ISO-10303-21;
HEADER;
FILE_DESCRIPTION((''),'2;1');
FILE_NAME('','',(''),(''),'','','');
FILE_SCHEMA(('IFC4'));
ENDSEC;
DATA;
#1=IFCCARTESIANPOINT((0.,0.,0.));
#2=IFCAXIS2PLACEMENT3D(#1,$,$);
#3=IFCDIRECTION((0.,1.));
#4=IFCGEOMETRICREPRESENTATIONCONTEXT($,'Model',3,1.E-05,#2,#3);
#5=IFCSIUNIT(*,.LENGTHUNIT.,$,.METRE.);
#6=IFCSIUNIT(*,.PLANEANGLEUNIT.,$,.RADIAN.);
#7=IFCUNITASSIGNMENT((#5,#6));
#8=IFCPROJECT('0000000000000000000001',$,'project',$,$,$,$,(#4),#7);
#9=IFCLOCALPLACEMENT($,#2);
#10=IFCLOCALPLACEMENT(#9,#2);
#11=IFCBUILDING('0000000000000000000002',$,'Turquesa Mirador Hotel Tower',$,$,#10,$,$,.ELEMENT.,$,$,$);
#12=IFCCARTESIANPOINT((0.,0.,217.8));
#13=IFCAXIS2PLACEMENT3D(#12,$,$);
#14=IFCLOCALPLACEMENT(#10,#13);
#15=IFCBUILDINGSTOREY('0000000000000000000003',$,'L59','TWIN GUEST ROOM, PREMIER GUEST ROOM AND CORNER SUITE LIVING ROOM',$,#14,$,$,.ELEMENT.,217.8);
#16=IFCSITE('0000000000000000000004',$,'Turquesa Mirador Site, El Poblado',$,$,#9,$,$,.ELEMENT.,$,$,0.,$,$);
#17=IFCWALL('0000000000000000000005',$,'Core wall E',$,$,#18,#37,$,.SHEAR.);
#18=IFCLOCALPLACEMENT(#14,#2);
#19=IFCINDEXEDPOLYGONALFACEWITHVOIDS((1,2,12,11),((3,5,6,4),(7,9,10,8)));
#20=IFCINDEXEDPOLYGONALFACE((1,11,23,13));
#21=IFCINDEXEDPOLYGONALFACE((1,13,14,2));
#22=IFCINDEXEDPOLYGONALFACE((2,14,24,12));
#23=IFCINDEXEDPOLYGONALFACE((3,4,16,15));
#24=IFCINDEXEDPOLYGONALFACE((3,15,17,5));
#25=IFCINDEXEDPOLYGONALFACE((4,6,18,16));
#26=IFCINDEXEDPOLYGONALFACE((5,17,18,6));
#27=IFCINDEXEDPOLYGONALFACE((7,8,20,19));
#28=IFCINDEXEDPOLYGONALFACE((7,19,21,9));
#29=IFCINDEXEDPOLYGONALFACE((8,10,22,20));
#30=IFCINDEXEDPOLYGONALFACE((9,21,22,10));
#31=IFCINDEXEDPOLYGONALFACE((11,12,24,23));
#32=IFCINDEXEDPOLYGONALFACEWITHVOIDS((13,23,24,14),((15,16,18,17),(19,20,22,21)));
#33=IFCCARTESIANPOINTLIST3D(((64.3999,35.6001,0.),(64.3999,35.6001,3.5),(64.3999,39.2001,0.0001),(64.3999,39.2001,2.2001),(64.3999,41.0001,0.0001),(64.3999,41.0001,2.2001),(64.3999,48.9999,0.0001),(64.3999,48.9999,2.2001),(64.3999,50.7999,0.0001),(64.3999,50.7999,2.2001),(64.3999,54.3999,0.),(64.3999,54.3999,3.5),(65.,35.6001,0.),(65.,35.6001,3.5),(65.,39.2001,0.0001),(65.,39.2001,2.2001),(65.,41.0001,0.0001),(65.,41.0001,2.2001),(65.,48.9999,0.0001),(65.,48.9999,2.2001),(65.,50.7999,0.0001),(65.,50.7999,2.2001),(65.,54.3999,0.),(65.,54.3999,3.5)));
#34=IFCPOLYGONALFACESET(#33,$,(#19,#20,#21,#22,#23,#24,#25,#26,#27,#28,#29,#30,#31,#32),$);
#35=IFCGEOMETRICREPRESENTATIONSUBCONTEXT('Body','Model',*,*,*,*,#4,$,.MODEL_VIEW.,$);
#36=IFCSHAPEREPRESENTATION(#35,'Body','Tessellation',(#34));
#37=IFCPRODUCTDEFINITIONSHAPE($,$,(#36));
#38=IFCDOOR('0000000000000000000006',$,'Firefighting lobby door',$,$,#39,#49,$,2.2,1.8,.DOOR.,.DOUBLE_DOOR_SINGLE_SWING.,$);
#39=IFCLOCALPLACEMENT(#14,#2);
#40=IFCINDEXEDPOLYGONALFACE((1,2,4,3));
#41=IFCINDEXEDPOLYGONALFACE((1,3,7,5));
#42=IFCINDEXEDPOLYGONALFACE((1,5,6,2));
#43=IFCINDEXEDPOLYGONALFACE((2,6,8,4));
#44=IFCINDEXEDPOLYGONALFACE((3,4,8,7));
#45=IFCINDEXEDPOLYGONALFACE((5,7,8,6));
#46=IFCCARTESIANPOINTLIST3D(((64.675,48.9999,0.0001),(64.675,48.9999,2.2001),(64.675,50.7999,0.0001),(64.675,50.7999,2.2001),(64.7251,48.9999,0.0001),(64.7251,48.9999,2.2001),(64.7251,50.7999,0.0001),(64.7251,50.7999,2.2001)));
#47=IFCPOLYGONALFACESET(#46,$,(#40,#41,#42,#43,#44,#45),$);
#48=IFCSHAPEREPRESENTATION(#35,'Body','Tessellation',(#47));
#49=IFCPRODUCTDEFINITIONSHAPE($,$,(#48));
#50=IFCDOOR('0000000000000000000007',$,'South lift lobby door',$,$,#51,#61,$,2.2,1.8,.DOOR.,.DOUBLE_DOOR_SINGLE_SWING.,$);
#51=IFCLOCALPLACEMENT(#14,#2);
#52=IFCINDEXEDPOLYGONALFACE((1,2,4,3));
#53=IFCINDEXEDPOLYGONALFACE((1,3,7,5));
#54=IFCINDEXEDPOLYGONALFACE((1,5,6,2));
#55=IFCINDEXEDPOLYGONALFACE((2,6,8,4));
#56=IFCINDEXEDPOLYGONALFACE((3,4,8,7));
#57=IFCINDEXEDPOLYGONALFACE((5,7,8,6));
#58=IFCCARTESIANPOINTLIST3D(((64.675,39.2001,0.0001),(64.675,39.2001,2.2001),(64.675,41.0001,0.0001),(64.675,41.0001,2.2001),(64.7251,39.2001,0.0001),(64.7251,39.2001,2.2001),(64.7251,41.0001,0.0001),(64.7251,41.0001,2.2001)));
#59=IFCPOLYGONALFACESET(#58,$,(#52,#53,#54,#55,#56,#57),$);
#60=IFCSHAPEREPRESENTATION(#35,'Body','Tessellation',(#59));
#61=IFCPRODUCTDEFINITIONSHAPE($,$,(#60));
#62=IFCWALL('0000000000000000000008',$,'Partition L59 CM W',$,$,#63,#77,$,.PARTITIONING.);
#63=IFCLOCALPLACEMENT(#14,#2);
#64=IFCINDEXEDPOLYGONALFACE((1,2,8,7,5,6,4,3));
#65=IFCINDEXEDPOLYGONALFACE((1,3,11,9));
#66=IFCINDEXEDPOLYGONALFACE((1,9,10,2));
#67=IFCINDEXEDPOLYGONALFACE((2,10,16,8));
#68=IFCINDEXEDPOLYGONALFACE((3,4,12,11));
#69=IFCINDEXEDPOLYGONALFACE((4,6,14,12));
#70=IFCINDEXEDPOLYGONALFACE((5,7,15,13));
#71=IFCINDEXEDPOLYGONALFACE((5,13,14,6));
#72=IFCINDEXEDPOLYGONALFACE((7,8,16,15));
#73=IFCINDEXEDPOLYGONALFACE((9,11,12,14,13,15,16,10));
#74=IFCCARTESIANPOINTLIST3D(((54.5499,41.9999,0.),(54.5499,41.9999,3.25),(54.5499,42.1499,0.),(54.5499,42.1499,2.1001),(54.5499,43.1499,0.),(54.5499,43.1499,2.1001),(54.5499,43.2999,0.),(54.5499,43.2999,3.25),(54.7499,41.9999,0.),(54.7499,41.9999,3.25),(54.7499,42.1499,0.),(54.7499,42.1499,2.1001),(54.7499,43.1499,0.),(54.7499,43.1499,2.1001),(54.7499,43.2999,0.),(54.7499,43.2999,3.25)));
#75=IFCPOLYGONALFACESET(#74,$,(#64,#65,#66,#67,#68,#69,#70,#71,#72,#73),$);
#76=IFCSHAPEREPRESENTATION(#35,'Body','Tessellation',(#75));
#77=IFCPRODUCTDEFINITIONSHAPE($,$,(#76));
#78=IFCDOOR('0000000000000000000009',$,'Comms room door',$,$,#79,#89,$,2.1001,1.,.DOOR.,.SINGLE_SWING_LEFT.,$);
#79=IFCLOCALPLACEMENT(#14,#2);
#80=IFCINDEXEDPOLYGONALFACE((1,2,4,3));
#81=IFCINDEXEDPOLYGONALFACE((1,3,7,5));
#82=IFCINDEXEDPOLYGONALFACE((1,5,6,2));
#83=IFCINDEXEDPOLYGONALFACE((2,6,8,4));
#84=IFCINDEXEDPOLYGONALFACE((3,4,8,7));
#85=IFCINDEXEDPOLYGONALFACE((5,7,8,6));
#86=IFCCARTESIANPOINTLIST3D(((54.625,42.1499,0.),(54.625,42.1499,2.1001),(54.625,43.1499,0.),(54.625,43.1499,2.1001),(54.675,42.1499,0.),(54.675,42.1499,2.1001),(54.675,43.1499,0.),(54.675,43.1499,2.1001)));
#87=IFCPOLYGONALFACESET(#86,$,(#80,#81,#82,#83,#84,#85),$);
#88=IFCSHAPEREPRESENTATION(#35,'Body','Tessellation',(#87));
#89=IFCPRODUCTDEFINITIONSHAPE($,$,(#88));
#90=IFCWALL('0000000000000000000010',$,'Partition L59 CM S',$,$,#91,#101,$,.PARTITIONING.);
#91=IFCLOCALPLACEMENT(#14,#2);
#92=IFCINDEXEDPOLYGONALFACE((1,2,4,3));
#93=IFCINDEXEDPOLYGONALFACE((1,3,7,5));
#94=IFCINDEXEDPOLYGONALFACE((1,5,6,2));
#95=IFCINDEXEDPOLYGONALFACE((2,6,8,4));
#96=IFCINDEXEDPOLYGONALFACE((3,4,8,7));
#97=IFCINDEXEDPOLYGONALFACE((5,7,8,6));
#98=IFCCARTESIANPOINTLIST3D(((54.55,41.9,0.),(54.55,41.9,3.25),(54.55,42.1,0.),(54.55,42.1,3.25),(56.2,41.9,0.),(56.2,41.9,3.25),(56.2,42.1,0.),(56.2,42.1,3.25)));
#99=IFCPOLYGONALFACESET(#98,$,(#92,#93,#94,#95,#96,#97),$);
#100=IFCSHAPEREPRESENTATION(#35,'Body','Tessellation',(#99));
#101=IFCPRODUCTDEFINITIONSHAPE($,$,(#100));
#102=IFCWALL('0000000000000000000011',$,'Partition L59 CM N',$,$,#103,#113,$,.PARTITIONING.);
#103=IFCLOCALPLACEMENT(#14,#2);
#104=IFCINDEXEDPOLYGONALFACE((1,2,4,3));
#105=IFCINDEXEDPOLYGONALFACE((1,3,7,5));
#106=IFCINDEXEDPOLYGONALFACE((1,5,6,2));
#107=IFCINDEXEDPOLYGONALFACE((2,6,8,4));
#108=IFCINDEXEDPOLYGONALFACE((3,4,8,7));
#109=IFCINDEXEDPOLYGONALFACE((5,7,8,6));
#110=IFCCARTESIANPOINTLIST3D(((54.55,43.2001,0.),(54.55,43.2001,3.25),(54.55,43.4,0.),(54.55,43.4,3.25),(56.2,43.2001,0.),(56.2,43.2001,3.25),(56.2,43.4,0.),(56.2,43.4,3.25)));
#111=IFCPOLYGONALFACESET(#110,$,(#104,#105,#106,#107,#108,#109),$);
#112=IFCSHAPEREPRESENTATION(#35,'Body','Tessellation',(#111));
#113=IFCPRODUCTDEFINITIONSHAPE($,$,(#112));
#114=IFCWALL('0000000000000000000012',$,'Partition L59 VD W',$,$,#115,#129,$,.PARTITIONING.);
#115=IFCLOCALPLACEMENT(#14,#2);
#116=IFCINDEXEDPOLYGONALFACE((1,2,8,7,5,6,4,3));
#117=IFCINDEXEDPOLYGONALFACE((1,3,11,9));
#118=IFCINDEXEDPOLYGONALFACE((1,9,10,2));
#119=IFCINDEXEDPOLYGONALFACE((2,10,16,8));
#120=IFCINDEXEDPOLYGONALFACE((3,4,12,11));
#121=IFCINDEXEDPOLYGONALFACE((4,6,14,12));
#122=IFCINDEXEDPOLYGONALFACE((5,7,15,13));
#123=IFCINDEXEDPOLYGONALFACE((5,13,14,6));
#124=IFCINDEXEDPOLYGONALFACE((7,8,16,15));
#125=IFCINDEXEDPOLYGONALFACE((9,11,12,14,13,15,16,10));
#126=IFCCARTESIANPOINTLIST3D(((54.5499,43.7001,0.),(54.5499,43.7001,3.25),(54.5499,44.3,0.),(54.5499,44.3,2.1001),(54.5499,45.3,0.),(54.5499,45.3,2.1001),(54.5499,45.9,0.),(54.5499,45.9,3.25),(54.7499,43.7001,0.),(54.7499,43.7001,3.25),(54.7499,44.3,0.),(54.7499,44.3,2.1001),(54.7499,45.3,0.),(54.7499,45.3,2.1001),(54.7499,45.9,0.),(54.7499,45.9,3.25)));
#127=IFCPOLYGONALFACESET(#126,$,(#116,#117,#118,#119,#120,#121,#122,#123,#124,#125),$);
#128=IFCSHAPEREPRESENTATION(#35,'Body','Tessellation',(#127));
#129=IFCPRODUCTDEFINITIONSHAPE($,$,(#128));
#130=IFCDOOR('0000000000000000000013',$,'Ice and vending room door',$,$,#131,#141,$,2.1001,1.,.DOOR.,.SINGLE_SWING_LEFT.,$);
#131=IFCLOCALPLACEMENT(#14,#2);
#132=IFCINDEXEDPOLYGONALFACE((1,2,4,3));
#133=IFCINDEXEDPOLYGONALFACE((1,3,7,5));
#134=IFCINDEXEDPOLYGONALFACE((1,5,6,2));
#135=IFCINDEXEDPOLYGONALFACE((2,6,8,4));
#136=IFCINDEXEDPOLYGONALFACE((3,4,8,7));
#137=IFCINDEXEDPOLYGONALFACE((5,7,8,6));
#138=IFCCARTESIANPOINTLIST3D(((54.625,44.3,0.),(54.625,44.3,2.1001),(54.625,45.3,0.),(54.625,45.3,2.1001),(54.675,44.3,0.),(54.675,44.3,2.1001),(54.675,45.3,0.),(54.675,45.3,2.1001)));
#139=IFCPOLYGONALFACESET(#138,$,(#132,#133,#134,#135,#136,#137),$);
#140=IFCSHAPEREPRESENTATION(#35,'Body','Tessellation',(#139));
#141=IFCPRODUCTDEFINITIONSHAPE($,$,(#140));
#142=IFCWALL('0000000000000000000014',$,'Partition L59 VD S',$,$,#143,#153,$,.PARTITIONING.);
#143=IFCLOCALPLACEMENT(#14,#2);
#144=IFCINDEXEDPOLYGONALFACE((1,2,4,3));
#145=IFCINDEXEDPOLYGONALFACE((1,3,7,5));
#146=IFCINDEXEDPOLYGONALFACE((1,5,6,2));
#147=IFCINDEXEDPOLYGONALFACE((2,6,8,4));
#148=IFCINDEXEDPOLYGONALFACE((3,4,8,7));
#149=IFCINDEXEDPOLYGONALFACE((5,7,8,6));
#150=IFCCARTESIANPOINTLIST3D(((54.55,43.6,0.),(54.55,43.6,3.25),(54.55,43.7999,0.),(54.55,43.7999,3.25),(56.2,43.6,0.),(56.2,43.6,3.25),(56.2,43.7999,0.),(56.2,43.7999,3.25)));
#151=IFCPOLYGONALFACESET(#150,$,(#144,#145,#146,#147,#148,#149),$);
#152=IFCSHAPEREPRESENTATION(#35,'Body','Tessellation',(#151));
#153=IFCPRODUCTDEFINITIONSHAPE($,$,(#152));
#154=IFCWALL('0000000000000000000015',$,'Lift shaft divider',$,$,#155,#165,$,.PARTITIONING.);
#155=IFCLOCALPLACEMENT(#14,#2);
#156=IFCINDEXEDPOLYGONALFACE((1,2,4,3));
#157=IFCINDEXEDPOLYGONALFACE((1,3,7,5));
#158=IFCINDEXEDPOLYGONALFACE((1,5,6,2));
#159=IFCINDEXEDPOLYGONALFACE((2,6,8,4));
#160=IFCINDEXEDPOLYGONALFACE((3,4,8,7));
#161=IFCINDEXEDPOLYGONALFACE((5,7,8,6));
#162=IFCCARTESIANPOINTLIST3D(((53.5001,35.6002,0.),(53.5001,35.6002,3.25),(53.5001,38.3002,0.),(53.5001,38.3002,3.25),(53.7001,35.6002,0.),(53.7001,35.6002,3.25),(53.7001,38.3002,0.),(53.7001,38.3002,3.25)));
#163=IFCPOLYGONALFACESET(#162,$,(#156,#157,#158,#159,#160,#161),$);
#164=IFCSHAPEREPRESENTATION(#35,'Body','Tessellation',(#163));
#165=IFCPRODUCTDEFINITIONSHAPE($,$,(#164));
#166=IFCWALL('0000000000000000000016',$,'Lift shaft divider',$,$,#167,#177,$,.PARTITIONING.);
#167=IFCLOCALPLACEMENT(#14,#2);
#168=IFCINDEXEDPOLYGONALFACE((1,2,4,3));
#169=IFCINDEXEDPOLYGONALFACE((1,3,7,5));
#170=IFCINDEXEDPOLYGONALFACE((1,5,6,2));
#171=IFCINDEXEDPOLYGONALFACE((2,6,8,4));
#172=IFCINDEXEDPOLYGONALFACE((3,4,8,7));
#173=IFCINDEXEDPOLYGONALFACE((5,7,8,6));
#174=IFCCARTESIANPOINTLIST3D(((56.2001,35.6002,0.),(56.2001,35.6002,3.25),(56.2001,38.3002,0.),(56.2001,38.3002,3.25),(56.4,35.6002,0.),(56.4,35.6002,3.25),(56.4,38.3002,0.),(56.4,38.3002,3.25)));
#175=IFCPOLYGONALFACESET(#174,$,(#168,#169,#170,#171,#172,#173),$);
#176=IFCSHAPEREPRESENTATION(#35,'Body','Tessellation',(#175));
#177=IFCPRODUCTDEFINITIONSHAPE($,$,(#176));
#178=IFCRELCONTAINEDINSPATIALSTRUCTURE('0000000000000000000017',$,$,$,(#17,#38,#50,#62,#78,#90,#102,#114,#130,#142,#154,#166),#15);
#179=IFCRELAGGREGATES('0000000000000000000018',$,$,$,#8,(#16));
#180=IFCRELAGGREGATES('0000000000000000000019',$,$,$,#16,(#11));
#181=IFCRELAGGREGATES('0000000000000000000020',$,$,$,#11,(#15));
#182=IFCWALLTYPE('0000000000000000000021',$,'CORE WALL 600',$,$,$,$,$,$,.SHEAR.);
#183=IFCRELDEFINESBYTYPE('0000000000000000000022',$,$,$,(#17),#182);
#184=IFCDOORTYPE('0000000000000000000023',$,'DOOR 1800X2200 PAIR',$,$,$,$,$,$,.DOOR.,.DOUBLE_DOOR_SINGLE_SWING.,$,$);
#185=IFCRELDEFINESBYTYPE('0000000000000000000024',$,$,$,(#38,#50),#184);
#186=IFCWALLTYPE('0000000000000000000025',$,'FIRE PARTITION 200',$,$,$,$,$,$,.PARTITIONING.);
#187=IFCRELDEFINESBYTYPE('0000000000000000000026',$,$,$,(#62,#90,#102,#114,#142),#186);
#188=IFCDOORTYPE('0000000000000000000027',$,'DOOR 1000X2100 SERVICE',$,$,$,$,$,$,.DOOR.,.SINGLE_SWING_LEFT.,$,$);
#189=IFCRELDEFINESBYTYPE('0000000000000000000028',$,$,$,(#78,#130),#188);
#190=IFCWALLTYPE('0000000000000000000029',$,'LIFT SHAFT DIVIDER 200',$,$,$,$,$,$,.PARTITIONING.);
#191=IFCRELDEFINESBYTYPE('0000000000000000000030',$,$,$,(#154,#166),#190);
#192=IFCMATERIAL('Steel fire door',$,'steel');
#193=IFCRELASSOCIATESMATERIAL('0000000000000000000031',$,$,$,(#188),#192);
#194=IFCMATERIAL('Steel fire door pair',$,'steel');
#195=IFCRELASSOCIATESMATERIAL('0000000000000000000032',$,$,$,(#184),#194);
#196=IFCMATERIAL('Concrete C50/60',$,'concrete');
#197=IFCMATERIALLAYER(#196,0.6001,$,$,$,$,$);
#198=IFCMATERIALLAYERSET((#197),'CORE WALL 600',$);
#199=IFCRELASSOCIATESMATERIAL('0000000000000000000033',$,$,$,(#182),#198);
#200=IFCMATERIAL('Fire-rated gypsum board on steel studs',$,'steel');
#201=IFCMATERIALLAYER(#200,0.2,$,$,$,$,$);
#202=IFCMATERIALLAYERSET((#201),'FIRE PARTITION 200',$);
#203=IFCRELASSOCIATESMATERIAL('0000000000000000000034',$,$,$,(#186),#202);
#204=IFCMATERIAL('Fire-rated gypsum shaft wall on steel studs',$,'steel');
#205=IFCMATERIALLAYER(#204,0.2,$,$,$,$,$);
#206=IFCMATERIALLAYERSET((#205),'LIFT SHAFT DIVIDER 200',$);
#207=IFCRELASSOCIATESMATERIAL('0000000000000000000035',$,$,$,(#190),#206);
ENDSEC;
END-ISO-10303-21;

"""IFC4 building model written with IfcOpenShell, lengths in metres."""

from ifc_helpers import new_model, si_unit, direction, frame, frame_2d, origin, place, context, subcontext, project, spatial, rectangle, extrude, material, layer, layer_set, type_object, element, fill, save


model = new_model("IFC4")

# Units and contexts
model_context = context("Model", 3, precision=1e-05, world=origin(), true_north=direction((0.0, 1.0)))
body_context = subcontext(model_context, "Body", "Model", "MODEL_VIEW")
ifc_project = project(units=[si_unit("LENGTHUNIT", "METRE"), si_unit("PLANEANGLEUNIT", "RADIAN")], contexts=[model_context])

# Site, building, storey
site_placement = place(None, origin())
site = spatial("IfcSite", under=ifc_project, at=site_placement, Name="Turquesa Mirador Site, El Poblado", CompositionType="ELEMENT", RefElevation=0.0)
building_placement = place(site_placement, origin())
building = spatial("IfcBuilding", under=site, at=building_placement, Name="Turquesa Mirador Hotel Tower", CompositionType="ELEMENT")
storey_placement = place(building_placement, frame((0.0, 0.0, 217.8)))
storey = spatial("IfcBuildingStorey", under=building, at=storey_placement, Name="L59", Description="TWIN GUEST ROOM, PREMIER GUEST ROOM AND CORNER SUITE LIVING ROOM", CompositionType="ELEMENT", Elevation=217.8)

# Shared definitions
ifc_material_1 = material(Name="Steel fire door", Category="steel")
door_type_1 = type_object("IfcDoorType", Name="DOOR 1000X2100 SERVICE", OperationType="SINGLE_SWING_LEFT", PredefinedType="DOOR", material=ifc_material_1)
ifc_material_2 = material(Name="Steel fire door pair", Category="steel")
door_type_2 = type_object("IfcDoorType", Name="DOOR 1800X2200 PAIR", OperationType="DOUBLE_DOOR_SINGLE_SWING", PredefinedType="DOOR", material=ifc_material_2)

# Wall, openings, doors
ifc_material_3 = material(Name="Concrete C50/60", Category="concrete")
ifc_layer_1 = layer(ifc_material_3, 0.6001)
ifc_layer_set_1 = layer_set([ifc_layer_1], Name="CORE WALL 600")
wall_type_1 = type_object("IfcWallType", Name="CORE WALL 600", PredefinedType="SHEAR", material=ifc_layer_set_1)
wall_1_placement = place(storey_placement, frame((64.7, 35.6001, 0.0), z_axis=(0.0, 0.0, 1.0), x_axis=(0.0, 1.0, 0.0)))
wall_1 = element("IfcWall", 1, at=wall_1_placement, inside=storey, type_object=wall_type_1, Name="Core wall E", PredefinedType="SHEAR", context=body_context, shape_type="SweptSolid", body=[
    extrude(rectangle(XDim=18.7998, YDim=0.6001, at=frame_2d((9.3999, 0.0))), origin(), (0.0, 0.0, 1.0), 3.5),
])
opening_1_placement = place(wall_1_placement, frame((13.3999, 0.0, 0.0)))
opening_1 = element("IfcOpeningElement", 2, at=opening_1_placement, cuts=wall_1, PredefinedType="OPENING", context=body_context, shape_type="SweptSolid", body=[
    extrude(rectangle(XDim=1.8, YDim=2.2, at=frame_2d((0.8999, 1.1001))), frame((0.0, 0.3101, 0.0), z_axis=(0.0, -1.0, 0.0), x_axis=(1.0, 0.0, 0.0)), (0.0, 0.0, 1.0), 0.6201),
])
opening_2_placement = place(wall_1_placement, frame((3.6001, 0.0, 0.0)))
opening_2 = element("IfcOpeningElement", 3, at=opening_2_placement, cuts=wall_1, PredefinedType="OPENING", context=body_context, shape_type="SweptSolid", body=[
    extrude(rectangle(XDim=1.8, YDim=2.2, at=frame_2d((0.8999, 1.1001))), frame((0.0, 0.3101, 0.0), z_axis=(0.0, -1.0, 0.0), x_axis=(1.0, 0.0, 0.0)), (0.0, 0.0, 1.0), 0.6201),
])
door_1_placement = place(opening_1_placement, origin())
door_1 = element("IfcDoor", 4, at=door_1_placement, inside=storey, type_object=door_type_2, Name="Firefighting lobby door", OperationType="DOUBLE_DOOR_SINGLE_SWING", OverallHeight=2.2, OverallWidth=1.8, PredefinedType="DOOR", context=body_context, shape_type="SweptSolid", body=[
    extrude(rectangle(XDim=1.8, YDim=2.2, at=frame_2d((0.8999, 1.1001))), frame((0.0, 0.0249, 0.0), z_axis=(0.0, -1.0, 0.0), x_axis=(1.0, 0.0, 0.0)), (0.0, 0.0, 1.0), 0.05),
])
fill(opening_1, door_1)
door_2_placement = place(opening_2_placement, origin())
door_2 = element("IfcDoor", 5, at=door_2_placement, inside=storey, type_object=door_type_2, Name="South lift lobby door", OperationType="DOUBLE_DOOR_SINGLE_SWING", OverallHeight=2.2, OverallWidth=1.8, PredefinedType="DOOR", context=body_context, shape_type="SweptSolid", body=[
    extrude(rectangle(XDim=1.8, YDim=2.2, at=frame_2d((0.8999, 1.1001))), frame((0.0, 0.0249, 0.0), z_axis=(0.0, -1.0, 0.0), x_axis=(1.0, 0.0, 0.0)), (0.0, 0.0, 1.0), 0.05),
])
fill(opening_2, door_2)

# Wall, opening, door
ifc_material_4 = material(Name="Fire-rated gypsum board on steel studs", Category="steel")
ifc_layer_2 = layer(ifc_material_4, 0.2)
ifc_layer_set_2 = layer_set([ifc_layer_2], Name="FIRE PARTITION 200")
wall_type_2 = type_object("IfcWallType", Name="FIRE PARTITION 200", PredefinedType="PARTITIONING", material=ifc_layer_set_2)
wall_2_placement = place(storey_placement, frame((54.6499, 42.0, 0.0), z_axis=(0.0, 0.0, 1.0), x_axis=(0.0, 1.0, 0.0)))
wall_2 = element("IfcWall", 6, at=wall_2_placement, inside=storey, type_object=wall_type_2, Name="Partition L59 CM W", PredefinedType="PARTITIONING", context=body_context, shape_type="SweptSolid", body=[
    extrude(rectangle(XDim=1.3, YDim=0.2, at=frame_2d((0.6499, 0.0))), origin(), (0.0, 0.0, 1.0), 3.25),
])
opening_3_placement = place(wall_2_placement, frame((0.1499, 0.0, 0.0)))
opening_3 = element("IfcOpeningElement", 7, at=opening_3_placement, cuts=wall_2, PredefinedType="OPENING", context=body_context, shape_type="SweptSolid", body=[
    extrude(rectangle(XDim=1.0, YDim=2.1001, at=frame_2d((0.5, 1.05))), frame((0.0, 0.1099, 0.0), z_axis=(0.0, -1.0, 0.0), x_axis=(1.0, 0.0, 0.0)), (0.0, 0.0, 1.0), 0.22),
])
door_3_placement = place(opening_3_placement, origin())
door_3 = element("IfcDoor", 8, at=door_3_placement, inside=storey, type_object=door_type_1, Name="Comms room door", OperationType="SINGLE_SWING_LEFT", OverallHeight=2.1001, OverallWidth=1.0, PredefinedType="DOOR", context=body_context, shape_type="SweptSolid", body=[
    extrude(rectangle(XDim=1.0, YDim=2.1001, at=frame_2d((0.5, 1.05))), frame((0.0, 0.0249, 0.0), z_axis=(0.0, -1.0, 0.0), x_axis=(1.0, 0.0, 0.0)), (0.0, 0.0, 1.0), 0.05),
])
fill(opening_3, door_3)

# Walls
for number, where, z_axis, x_axis, name in (
    (9, (54.55, 42.0, 0.0), (0.0, 0.0, 1.0), (1.0, 0.0, 0.0), "Partition L59 CM S"),
    (10, (54.55, 43.3, 0.0), (0.0, 0.0, 1.0), (1.0, 0.0, 0.0), "Partition L59 CM N"),
):
    element("IfcWall", number, at=place(storey_placement, frame(where, z_axis=z_axis, x_axis=x_axis)), inside=storey, type_object=wall_type_2, Name=name, PredefinedType="PARTITIONING", context=body_context, shape_type="SweptSolid", body=[
        extrude(rectangle(XDim=1.6499, YDim=0.2, at=frame_2d((0.825, 0.0))), origin(), (0.0, 0.0, 1.0), 3.25),
    ])

# Wall, opening, door
wall_3_placement = place(storey_placement, frame((54.6499, 43.7, 0.0), z_axis=(0.0, 0.0, 1.0), x_axis=(0.0, 1.0, 0.0)))
wall_3 = element("IfcWall", 11, at=wall_3_placement, inside=storey, type_object=wall_type_2, Name="Partition L59 VD W", PredefinedType="PARTITIONING", context=body_context, shape_type="SweptSolid", body=[
    extrude(rectangle(XDim=2.2, YDim=0.2, at=frame_2d((1.1001, 0.0))), origin(), (0.0, 0.0, 1.0), 3.25),
])
opening_4_placement = place(wall_3_placement, frame((0.6001, 0.0, 0.0)))
opening_4 = element("IfcOpeningElement", 12, at=opening_4_placement, cuts=wall_3, PredefinedType="OPENING", context=body_context, shape_type="SweptSolid", body=[
    extrude(rectangle(XDim=1.0, YDim=2.1001, at=frame_2d((0.5, 1.05))), frame((0.0, 0.1099, 0.0), z_axis=(0.0, -1.0, 0.0), x_axis=(1.0, 0.0, 0.0)), (0.0, 0.0, 1.0), 0.22),
])
door_4_placement = place(opening_4_placement, origin())
door_4 = element("IfcDoor", 13, at=door_4_placement, inside=storey, type_object=door_type_1, Name="Ice and vending room door", OperationType="SINGLE_SWING_LEFT", OverallHeight=2.1001, OverallWidth=1.0, PredefinedType="DOOR", context=body_context, shape_type="SweptSolid", body=[
    extrude(rectangle(XDim=1.0, YDim=2.1001, at=frame_2d((0.5, 1.05))), frame((0.0, 0.0249, 0.0), z_axis=(0.0, -1.0, 0.0), x_axis=(1.0, 0.0, 0.0)), (0.0, 0.0, 1.0), 0.05),
])
fill(opening_4, door_4)

# Walls
wall_4_placement = place(storey_placement, frame((54.55, 43.7, 0.0), z_axis=(0.0, 0.0, 1.0), x_axis=(1.0, 0.0, 0.0)))
element("IfcWall", 14, at=wall_4_placement, inside=storey, type_object=wall_type_2, Name="Partition L59 VD S", PredefinedType="PARTITIONING", context=body_context, shape_type="SweptSolid", body=[
    extrude(rectangle(XDim=1.6499, YDim=0.2, at=frame_2d((0.825, 0.0))), origin(), (0.0, 0.0, 1.0), 3.25),
])
ifc_material_5 = material(Name="Fire-rated gypsum shaft wall on steel studs", Category="steel")
ifc_layer_3 = layer(ifc_material_5, 0.2)
ifc_layer_set_3 = layer_set([ifc_layer_3], Name="LIFT SHAFT DIVIDER 200")
wall_type_3 = type_object("IfcWallType", Name="LIFT SHAFT DIVIDER 200", PredefinedType="PARTITIONING", material=ifc_layer_set_3)
for number, where, z_axis, x_axis, name in (
    (15, (53.6001, 35.6001, 0.0), (0.0, 0.0, 1.0), (0.0, 1.0, 0.0), "Lift shaft divider"),
    (16, (56.3, 35.6001, 0.0), (0.0, 0.0, 1.0), (0.0, 1.0, 0.0), "Lift shaft divider"),
):
    element("IfcWall", number, at=place(storey_placement, frame(where, z_axis=z_axis, x_axis=x_axis)), inside=storey, type_object=wall_type_3, Name=name, PredefinedType="PARTITIONING", context=body_context, shape_type="SweptSolid", body=[
        extrude(rectangle(XDim=2.7, YDim=0.2, at=frame_2d((1.3501, 0.0))), origin(), (0.0, 0.0, 1.0), 3.25),
    ])

save(model, "model.ifc")
